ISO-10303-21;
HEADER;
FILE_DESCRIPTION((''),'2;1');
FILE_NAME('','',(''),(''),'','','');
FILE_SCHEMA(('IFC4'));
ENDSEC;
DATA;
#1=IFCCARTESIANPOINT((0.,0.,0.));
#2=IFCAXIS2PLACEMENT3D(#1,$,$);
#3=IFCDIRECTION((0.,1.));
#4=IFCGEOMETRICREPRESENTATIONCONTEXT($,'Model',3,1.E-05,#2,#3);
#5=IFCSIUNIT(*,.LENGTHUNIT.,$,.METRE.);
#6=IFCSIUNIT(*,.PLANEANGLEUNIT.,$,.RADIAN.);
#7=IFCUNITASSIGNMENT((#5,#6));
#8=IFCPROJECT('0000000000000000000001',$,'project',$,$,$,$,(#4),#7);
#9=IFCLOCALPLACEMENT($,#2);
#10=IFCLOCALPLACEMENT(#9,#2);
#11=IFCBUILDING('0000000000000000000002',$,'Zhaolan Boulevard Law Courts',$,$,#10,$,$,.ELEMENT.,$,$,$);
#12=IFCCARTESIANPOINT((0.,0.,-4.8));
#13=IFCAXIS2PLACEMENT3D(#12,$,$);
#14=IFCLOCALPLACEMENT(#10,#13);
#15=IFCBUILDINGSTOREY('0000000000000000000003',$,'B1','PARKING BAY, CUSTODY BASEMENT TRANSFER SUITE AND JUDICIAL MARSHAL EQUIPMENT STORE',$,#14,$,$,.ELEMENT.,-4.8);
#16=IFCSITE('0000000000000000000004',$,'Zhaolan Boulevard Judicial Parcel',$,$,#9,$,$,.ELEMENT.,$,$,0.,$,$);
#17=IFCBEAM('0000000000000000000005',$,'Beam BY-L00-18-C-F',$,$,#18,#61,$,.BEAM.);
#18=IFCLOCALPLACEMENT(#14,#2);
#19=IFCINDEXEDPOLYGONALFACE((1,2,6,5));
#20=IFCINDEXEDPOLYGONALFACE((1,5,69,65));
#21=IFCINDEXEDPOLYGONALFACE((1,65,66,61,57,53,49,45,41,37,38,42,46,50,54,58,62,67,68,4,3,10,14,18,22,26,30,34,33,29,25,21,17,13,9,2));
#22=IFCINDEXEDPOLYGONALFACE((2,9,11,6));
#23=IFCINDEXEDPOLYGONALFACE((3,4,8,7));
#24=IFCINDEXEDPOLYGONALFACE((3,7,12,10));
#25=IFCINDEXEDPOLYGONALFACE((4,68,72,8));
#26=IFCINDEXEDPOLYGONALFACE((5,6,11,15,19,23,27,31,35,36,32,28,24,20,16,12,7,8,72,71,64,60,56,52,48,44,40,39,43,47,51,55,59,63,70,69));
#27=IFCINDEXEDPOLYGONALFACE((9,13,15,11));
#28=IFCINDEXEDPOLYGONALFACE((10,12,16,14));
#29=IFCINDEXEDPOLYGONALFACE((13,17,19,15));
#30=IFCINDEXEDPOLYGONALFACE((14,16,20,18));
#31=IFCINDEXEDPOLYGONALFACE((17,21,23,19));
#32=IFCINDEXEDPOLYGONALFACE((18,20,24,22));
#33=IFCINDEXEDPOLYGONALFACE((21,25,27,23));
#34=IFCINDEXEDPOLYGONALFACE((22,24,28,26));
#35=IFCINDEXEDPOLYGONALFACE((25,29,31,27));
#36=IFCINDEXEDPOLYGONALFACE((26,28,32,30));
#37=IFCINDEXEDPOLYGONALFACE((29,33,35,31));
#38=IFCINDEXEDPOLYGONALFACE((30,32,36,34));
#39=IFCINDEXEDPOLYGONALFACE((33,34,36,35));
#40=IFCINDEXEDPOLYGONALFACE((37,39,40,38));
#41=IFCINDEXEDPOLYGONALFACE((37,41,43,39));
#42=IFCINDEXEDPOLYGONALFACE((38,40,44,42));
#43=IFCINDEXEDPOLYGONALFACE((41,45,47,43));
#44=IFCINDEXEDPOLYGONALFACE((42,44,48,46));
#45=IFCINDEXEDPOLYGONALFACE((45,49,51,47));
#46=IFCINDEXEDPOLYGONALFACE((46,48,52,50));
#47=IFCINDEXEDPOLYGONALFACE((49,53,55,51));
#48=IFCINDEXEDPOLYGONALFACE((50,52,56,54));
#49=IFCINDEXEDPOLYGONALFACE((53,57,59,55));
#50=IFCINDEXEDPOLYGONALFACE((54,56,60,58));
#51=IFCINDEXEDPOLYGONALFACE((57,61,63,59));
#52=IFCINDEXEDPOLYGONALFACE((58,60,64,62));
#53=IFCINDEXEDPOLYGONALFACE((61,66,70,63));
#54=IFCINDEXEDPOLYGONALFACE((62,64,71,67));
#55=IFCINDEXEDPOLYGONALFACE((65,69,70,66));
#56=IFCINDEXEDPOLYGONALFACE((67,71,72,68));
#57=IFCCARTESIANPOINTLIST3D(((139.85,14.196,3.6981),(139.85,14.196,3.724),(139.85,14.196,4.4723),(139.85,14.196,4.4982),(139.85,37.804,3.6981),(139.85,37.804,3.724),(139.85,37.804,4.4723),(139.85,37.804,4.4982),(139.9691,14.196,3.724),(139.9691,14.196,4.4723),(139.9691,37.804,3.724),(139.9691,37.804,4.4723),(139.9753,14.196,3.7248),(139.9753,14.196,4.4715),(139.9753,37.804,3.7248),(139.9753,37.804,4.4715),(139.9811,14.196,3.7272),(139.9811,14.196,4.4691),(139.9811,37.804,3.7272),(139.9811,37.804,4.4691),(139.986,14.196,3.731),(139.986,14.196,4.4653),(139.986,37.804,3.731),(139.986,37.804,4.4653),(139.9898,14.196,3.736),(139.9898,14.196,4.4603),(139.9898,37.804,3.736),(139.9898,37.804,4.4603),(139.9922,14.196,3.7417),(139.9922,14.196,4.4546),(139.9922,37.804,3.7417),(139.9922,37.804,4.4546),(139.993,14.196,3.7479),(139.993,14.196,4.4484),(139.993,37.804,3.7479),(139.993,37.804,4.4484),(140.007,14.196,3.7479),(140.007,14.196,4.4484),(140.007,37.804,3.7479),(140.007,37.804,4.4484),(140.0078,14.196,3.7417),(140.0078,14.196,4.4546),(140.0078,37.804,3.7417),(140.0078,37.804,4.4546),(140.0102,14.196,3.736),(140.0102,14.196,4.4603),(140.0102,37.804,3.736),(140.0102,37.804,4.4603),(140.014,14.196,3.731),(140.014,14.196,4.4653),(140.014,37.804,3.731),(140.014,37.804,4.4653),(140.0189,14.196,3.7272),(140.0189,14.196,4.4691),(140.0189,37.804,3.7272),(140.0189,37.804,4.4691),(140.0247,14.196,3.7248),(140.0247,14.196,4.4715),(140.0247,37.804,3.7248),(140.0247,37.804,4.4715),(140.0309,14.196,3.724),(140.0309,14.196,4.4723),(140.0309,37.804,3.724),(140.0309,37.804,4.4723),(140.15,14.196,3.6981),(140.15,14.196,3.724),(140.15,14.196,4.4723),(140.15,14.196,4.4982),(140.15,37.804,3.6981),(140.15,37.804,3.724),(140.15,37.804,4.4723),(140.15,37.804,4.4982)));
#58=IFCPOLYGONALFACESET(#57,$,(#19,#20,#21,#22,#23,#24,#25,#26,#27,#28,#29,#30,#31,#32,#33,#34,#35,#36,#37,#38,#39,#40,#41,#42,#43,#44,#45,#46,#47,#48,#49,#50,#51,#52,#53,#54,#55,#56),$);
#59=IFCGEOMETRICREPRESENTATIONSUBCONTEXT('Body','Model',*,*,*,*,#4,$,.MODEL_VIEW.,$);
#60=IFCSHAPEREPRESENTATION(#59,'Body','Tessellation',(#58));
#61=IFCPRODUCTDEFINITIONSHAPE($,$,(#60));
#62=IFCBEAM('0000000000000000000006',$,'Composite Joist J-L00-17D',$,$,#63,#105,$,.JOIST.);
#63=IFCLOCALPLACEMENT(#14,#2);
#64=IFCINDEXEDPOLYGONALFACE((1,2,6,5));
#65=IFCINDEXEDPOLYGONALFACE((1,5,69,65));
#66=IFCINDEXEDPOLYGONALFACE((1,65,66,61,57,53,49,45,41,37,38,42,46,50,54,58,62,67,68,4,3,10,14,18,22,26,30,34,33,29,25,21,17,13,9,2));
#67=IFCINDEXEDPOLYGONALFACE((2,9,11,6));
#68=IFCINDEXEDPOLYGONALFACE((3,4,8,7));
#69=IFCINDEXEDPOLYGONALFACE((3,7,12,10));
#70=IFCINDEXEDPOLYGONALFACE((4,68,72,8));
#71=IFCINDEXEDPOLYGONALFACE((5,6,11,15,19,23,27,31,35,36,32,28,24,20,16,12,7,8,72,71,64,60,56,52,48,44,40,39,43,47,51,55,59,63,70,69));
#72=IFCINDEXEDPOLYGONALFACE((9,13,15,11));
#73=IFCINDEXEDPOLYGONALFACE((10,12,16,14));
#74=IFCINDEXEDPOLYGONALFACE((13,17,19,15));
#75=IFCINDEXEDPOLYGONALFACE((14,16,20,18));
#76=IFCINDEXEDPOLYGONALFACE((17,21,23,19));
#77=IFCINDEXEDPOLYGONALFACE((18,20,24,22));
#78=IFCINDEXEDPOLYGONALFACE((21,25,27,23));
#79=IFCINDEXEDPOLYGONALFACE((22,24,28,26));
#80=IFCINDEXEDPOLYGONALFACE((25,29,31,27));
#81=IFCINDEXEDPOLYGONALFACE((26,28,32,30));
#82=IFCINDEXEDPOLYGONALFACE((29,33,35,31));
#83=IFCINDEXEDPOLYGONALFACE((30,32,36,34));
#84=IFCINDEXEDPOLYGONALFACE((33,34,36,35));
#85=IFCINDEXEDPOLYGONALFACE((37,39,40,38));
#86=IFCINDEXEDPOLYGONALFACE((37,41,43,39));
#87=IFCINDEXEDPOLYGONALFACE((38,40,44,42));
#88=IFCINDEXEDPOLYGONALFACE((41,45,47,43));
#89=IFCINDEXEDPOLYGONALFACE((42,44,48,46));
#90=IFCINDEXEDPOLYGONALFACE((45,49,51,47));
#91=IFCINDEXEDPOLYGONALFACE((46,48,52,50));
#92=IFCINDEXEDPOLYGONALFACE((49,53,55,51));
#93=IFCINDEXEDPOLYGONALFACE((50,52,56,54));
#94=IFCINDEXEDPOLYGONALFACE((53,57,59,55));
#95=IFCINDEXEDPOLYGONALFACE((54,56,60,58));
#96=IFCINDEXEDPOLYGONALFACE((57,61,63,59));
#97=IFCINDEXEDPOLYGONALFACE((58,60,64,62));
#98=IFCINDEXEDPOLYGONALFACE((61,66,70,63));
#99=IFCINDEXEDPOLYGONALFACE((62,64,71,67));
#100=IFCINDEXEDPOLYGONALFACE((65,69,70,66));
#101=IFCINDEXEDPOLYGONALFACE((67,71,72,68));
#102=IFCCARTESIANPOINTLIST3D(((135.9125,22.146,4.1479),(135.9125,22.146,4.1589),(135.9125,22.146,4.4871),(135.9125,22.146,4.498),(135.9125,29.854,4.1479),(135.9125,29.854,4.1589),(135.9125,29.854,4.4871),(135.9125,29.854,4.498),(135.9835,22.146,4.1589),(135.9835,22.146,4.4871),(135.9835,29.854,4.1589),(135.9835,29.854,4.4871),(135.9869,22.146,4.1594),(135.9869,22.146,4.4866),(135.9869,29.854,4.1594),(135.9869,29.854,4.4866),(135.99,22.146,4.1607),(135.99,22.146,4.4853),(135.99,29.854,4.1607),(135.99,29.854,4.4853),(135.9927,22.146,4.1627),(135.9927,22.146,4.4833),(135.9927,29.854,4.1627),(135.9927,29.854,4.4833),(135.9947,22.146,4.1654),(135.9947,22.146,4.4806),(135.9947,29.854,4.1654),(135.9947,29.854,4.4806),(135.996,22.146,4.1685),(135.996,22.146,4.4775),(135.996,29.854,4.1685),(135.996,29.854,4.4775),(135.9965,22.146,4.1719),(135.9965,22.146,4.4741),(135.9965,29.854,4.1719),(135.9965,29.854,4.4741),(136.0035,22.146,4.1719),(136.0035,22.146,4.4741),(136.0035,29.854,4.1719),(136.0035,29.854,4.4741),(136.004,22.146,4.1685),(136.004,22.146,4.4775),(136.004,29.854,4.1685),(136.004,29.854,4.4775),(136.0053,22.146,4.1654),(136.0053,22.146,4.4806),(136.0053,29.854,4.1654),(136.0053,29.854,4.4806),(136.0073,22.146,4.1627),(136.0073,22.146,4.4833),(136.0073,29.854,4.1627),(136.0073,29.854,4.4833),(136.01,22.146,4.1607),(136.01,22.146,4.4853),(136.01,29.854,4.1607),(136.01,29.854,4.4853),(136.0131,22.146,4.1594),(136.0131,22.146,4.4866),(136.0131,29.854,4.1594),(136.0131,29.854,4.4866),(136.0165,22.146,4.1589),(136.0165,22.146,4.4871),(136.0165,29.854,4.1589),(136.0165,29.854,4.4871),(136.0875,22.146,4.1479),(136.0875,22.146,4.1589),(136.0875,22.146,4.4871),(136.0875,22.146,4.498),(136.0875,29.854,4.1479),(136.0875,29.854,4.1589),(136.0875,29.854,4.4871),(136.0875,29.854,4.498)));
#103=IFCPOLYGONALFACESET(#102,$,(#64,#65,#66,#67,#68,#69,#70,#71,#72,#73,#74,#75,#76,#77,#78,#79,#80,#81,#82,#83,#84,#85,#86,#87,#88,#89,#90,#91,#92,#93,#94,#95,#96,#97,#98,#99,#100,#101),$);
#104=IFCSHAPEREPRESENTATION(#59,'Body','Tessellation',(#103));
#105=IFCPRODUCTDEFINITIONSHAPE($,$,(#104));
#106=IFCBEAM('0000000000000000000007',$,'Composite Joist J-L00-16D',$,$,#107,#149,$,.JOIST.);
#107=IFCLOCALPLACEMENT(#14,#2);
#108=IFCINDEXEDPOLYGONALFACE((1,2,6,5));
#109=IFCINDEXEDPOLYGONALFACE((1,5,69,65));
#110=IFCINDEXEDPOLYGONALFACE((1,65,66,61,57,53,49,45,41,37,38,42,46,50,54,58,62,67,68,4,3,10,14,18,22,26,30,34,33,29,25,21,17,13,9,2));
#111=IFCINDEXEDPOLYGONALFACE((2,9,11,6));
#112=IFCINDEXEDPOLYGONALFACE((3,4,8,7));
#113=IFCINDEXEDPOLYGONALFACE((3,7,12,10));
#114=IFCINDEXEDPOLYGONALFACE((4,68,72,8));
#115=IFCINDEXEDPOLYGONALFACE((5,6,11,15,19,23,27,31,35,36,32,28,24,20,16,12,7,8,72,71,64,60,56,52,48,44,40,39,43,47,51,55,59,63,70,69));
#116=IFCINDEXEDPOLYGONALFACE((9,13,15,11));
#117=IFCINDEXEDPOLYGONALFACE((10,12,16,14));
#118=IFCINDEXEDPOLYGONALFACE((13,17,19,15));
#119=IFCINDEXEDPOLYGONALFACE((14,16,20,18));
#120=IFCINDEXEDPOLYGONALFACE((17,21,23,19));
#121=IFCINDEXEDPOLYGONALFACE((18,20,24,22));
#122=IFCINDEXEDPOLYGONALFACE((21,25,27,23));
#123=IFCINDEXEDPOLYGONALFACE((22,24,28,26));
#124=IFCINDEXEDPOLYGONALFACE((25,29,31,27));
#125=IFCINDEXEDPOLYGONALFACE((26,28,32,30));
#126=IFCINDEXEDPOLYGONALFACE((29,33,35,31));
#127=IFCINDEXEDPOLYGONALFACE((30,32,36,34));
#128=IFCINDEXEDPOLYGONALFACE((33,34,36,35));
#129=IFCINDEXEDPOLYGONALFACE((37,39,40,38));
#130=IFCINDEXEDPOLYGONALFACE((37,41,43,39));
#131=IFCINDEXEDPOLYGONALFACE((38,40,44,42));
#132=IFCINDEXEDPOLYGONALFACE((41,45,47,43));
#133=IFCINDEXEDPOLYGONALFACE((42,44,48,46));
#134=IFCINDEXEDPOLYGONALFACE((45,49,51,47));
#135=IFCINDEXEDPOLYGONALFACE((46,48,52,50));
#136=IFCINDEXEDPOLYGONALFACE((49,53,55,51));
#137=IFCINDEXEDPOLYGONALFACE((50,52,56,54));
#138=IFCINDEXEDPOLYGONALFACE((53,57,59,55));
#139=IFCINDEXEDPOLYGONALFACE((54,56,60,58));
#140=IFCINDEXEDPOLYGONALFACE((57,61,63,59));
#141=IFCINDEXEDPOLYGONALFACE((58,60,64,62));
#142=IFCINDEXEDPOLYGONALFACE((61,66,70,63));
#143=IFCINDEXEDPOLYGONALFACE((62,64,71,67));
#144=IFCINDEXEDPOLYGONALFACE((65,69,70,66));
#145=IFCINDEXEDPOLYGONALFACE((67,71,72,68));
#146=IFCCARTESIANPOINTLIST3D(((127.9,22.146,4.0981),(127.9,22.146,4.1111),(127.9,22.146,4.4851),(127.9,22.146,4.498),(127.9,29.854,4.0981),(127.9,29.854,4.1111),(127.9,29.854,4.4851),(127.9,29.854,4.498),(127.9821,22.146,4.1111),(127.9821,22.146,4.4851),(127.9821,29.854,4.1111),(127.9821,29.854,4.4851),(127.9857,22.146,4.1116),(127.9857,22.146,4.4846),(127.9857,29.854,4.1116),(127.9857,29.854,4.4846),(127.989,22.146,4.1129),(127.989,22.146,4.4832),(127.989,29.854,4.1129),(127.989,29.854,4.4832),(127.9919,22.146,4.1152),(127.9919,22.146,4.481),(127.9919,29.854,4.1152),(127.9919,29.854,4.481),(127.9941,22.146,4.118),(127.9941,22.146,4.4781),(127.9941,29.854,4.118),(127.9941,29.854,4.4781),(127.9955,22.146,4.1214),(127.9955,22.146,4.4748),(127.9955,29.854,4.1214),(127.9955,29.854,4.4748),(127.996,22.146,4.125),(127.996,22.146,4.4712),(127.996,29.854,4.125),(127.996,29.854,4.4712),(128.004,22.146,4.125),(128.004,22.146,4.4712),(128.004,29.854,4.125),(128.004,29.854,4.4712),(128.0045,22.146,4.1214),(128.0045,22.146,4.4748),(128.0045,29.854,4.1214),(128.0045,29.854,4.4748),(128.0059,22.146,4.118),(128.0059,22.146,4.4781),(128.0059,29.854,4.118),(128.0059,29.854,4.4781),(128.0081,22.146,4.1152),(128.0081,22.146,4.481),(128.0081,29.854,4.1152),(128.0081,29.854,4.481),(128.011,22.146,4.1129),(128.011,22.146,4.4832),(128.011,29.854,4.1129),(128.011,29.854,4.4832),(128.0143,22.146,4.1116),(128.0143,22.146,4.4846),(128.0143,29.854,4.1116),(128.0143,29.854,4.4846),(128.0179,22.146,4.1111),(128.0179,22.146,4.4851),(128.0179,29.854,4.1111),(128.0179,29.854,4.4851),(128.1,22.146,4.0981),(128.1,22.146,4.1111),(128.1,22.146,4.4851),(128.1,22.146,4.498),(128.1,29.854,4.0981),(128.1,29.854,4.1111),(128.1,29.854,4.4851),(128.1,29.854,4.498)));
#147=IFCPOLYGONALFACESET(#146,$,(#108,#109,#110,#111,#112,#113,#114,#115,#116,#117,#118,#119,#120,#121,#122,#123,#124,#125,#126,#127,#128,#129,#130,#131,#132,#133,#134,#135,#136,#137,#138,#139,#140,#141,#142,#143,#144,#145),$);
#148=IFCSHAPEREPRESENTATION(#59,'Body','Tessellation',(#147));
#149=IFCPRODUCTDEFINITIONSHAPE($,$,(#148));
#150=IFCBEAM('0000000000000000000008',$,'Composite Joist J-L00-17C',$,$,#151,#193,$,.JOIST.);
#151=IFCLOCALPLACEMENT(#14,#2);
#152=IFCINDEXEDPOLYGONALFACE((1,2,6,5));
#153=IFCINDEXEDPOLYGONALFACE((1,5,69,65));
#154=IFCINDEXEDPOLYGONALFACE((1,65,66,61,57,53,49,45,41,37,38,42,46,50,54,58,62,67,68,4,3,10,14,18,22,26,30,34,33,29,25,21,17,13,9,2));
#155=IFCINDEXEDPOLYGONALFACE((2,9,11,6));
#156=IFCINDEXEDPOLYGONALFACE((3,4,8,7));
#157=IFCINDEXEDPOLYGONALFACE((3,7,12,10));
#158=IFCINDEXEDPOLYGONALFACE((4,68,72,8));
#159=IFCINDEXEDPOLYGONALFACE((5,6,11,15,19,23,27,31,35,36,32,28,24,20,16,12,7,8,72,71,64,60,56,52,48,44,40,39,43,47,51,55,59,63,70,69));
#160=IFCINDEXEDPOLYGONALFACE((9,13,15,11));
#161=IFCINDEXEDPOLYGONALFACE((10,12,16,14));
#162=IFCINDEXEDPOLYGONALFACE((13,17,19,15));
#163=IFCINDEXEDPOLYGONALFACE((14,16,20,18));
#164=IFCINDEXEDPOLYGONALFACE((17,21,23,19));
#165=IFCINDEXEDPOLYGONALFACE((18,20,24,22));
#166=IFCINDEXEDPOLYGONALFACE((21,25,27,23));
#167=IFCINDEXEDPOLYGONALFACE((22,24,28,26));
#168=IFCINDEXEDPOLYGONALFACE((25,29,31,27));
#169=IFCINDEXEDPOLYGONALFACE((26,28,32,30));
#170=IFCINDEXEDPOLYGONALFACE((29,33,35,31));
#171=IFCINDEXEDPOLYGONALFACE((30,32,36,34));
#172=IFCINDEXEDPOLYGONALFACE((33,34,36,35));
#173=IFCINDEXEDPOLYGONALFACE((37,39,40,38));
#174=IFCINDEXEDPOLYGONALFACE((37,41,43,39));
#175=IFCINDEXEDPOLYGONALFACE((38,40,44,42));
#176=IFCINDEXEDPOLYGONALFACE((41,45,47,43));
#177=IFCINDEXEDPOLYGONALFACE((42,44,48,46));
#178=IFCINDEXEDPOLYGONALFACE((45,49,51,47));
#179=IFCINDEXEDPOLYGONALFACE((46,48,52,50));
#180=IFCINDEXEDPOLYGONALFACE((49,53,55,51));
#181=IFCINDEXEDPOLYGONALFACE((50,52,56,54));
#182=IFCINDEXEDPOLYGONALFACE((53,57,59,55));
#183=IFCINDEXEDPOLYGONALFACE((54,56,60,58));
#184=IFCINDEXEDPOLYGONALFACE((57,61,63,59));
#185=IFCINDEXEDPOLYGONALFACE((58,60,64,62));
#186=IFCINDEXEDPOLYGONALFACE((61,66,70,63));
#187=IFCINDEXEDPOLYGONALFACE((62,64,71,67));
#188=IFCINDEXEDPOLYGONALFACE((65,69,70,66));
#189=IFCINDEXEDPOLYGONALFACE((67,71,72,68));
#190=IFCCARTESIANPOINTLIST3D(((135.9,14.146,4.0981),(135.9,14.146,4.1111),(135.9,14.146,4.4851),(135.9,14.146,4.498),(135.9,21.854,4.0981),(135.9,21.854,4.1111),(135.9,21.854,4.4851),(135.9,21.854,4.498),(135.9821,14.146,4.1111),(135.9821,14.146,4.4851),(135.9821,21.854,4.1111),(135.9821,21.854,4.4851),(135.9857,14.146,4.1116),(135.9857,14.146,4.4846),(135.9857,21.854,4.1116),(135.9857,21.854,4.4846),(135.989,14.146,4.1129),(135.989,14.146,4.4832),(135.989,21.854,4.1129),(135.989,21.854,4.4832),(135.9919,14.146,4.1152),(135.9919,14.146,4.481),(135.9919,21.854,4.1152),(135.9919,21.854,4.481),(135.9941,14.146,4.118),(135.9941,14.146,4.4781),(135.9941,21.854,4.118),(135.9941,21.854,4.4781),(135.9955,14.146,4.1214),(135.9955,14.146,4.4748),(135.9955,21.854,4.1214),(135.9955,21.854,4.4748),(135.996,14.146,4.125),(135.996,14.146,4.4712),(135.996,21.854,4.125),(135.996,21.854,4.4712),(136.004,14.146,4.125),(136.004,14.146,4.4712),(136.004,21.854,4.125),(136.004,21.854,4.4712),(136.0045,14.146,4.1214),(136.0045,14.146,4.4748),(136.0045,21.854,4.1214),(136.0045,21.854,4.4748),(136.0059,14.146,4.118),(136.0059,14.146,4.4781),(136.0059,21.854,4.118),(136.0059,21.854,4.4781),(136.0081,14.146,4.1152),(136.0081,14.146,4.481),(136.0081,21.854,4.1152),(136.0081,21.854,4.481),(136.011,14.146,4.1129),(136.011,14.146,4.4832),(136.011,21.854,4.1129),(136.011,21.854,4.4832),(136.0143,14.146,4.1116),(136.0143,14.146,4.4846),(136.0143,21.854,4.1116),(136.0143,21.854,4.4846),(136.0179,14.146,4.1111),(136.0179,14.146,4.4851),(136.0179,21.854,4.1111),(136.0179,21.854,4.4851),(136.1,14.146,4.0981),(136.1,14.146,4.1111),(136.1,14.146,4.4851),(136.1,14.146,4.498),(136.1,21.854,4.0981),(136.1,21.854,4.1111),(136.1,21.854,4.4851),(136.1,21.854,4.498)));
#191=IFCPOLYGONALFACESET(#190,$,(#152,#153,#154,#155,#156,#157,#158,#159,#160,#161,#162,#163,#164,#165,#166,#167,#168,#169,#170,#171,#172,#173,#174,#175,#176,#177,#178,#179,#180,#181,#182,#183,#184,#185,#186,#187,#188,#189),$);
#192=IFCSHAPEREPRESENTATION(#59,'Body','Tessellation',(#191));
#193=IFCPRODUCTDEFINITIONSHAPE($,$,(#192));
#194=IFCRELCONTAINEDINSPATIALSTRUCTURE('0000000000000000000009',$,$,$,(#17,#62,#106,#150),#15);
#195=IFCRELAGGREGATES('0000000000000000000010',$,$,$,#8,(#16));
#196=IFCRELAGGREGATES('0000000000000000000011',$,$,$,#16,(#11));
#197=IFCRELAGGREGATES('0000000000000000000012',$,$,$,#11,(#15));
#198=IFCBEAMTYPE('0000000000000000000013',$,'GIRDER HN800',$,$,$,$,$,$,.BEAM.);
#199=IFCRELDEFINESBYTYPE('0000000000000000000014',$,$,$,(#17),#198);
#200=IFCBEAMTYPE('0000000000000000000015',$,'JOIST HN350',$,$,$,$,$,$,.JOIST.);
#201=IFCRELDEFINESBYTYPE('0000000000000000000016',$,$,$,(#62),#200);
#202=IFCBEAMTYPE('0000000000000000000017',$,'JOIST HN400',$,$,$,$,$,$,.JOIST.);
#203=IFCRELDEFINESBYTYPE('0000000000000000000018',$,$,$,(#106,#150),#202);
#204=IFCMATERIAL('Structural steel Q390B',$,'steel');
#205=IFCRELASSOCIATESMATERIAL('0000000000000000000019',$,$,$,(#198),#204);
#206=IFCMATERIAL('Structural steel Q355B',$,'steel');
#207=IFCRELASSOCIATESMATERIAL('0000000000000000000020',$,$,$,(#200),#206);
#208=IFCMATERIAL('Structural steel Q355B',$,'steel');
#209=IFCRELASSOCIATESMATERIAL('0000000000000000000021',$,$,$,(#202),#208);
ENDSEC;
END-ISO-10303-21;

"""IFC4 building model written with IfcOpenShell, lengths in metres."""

from ifc_helpers import new_model, si_unit, direction, frame, origin, origin_2d, place, context, subcontext, project, spatial, i_section, extrude, material, material_profile, profile_set, type_object, element, save


model = new_model("IFC4")

# Units and contexts
model_context = context("Model", 3, precision=1e-05, world=origin(), true_north=direction((0.0, 1.0)))
body_context = subcontext(model_context, "Body", "Model", "MODEL_VIEW")
ifc_project = project(units=[si_unit("LENGTHUNIT", "METRE"), si_unit("PLANEANGLEUNIT", "RADIAN")], contexts=[model_context])

# Site, building, storey
site_placement = place(None, origin())
site = spatial("IfcSite", under=ifc_project, at=site_placement, Name="Zhaolan Boulevard Judicial Parcel", CompositionType="ELEMENT", RefElevation=0.0)
building_placement = place(site_placement, origin())
building = spatial("IfcBuilding", under=site, at=building_placement, Name="Zhaolan Boulevard Law Courts", CompositionType="ELEMENT")
storey_placement = place(building_placement, frame((0.0, 0.0, -4.8)))
storey = spatial("IfcBuildingStorey", under=building, at=storey_placement, Name="B1", Description="PARKING BAY, CUSTODY BASEMENT TRANSFER SUITE AND JUDICIAL MARSHAL EQUIPMENT STORE", CompositionType="ELEMENT", Elevation=-4.8)

# Beams
ifc_material_1 = material(Name="Structural steel Q390B", Category="steel")
ifc_material_profile_1 = material_profile(ifc_material_1, i_section(OverallWidth=0.3, OverallDepth=0.8, WebThickness=0.0139, FlangeThickness=0.0259, FilletRadius=0.0239, at=origin_2d()), Name="HN800x300")
ifc_profile_set_1 = profile_set([ifc_material_profile_1], Name="Structural steel Q390B")
beam_type_1 = type_object("IfcBeamType", Name="GIRDER HN800", PredefinedType="BEAM", material=ifc_profile_set_1)
for number, where, z_axis, x_axis, name in (
    (1, (140.0, 14.196, 4.0981), (0.0, 1.0, 0.0), (-1.0, 0.0, 0.0), "Beam BY-L00-18-C-F"),
):
    element("IfcBeam", number, at=place(storey_placement, frame(where, z_axis=z_axis, x_axis=x_axis)), inside=storey, type_object=beam_type_1, Name=name, PredefinedType="BEAM", context=body_context, shape_type="SweptSolid", body=[
        extrude(i_section(OverallWidth=0.3, OverallDepth=0.8, WebThickness=0.0139, FlangeThickness=0.0259, FilletRadius=0.0239, at=origin_2d()), origin(), (0.0, 0.0, 1.0), 23.6079),
    ])
ifc_material_2 = material(Name="Structural steel Q355B", Category="steel")
ifc_material_profile_2 = material_profile(ifc_material_2, i_section(OverallWidth=0.175, OverallDepth=0.3501, WebThickness=0.0071, FlangeThickness=0.011, FilletRadius=0.0129, at=origin_2d()), Name="HN350x175")
ifc_profile_set_2 = profile_set([ifc_material_profile_2], Name="Structural steel Q355B")
beam_type_2 = type_object("IfcBeamType", Name="JOIST HN350", PredefinedType="JOIST", material=ifc_profile_set_2)
beam_1_placement = place(storey_placement, frame((136.0, 22.146, 4.323), z_axis=(0.0, 1.0, 0.0), x_axis=(-1.0, 0.0, 0.0)))
element("IfcBeam", 2, at=beam_1_placement, inside=storey, type_object=beam_type_2, Name="Composite Joist J-L00-17D", PredefinedType="JOIST", context=body_context, shape_type="SweptSolid", body=[
    extrude(i_section(OverallWidth=0.175, OverallDepth=0.3501, WebThickness=0.0071, FlangeThickness=0.011, FilletRadius=0.0129, at=origin_2d()), origin(), (0.0, 0.0, 1.0), 7.708),
])
ifc_material_3 = material(Name="Structural steel Q355B", Category="steel")
ifc_material_profile_3 = material_profile(ifc_material_3, i_section(OverallWidth=0.2, OverallDepth=0.3999, WebThickness=0.0081, FlangeThickness=0.0129, FilletRadius=0.0139, at=origin_2d()), Name="HN400x200")
ifc_profile_set_3 = profile_set([ifc_material_profile_3], Name="Structural steel Q355B")
beam_type_3 = type_object("IfcBeamType", Name="JOIST HN400", PredefinedType="JOIST", material=ifc_profile_set_3)
for number, where, z_axis, x_axis, name in (
    (3, (128.0, 22.146, 4.2981), (0.0, 1.0, 0.0), (-1.0, 0.0, 0.0), "Composite Joist J-L00-16D"),
    (4, (136.0, 14.146, 4.2981), (0.0, 1.0, 0.0), (-1.0, 0.0, 0.0), "Composite Joist J-L00-17C"),
):
    element("IfcBeam", number, at=place(storey_placement, frame(where, z_axis=z_axis, x_axis=x_axis)), inside=storey, type_object=beam_type_3, Name=name, PredefinedType="JOIST", context=body_context, shape_type="SweptSolid", body=[
        extrude(i_section(OverallWidth=0.2, OverallDepth=0.3999, WebThickness=0.0081, FlangeThickness=0.0129, FilletRadius=0.0139, at=origin_2d()), origin(), (0.0, 0.0, 1.0), 7.708),
    ])

save(model, "model.ifc")
